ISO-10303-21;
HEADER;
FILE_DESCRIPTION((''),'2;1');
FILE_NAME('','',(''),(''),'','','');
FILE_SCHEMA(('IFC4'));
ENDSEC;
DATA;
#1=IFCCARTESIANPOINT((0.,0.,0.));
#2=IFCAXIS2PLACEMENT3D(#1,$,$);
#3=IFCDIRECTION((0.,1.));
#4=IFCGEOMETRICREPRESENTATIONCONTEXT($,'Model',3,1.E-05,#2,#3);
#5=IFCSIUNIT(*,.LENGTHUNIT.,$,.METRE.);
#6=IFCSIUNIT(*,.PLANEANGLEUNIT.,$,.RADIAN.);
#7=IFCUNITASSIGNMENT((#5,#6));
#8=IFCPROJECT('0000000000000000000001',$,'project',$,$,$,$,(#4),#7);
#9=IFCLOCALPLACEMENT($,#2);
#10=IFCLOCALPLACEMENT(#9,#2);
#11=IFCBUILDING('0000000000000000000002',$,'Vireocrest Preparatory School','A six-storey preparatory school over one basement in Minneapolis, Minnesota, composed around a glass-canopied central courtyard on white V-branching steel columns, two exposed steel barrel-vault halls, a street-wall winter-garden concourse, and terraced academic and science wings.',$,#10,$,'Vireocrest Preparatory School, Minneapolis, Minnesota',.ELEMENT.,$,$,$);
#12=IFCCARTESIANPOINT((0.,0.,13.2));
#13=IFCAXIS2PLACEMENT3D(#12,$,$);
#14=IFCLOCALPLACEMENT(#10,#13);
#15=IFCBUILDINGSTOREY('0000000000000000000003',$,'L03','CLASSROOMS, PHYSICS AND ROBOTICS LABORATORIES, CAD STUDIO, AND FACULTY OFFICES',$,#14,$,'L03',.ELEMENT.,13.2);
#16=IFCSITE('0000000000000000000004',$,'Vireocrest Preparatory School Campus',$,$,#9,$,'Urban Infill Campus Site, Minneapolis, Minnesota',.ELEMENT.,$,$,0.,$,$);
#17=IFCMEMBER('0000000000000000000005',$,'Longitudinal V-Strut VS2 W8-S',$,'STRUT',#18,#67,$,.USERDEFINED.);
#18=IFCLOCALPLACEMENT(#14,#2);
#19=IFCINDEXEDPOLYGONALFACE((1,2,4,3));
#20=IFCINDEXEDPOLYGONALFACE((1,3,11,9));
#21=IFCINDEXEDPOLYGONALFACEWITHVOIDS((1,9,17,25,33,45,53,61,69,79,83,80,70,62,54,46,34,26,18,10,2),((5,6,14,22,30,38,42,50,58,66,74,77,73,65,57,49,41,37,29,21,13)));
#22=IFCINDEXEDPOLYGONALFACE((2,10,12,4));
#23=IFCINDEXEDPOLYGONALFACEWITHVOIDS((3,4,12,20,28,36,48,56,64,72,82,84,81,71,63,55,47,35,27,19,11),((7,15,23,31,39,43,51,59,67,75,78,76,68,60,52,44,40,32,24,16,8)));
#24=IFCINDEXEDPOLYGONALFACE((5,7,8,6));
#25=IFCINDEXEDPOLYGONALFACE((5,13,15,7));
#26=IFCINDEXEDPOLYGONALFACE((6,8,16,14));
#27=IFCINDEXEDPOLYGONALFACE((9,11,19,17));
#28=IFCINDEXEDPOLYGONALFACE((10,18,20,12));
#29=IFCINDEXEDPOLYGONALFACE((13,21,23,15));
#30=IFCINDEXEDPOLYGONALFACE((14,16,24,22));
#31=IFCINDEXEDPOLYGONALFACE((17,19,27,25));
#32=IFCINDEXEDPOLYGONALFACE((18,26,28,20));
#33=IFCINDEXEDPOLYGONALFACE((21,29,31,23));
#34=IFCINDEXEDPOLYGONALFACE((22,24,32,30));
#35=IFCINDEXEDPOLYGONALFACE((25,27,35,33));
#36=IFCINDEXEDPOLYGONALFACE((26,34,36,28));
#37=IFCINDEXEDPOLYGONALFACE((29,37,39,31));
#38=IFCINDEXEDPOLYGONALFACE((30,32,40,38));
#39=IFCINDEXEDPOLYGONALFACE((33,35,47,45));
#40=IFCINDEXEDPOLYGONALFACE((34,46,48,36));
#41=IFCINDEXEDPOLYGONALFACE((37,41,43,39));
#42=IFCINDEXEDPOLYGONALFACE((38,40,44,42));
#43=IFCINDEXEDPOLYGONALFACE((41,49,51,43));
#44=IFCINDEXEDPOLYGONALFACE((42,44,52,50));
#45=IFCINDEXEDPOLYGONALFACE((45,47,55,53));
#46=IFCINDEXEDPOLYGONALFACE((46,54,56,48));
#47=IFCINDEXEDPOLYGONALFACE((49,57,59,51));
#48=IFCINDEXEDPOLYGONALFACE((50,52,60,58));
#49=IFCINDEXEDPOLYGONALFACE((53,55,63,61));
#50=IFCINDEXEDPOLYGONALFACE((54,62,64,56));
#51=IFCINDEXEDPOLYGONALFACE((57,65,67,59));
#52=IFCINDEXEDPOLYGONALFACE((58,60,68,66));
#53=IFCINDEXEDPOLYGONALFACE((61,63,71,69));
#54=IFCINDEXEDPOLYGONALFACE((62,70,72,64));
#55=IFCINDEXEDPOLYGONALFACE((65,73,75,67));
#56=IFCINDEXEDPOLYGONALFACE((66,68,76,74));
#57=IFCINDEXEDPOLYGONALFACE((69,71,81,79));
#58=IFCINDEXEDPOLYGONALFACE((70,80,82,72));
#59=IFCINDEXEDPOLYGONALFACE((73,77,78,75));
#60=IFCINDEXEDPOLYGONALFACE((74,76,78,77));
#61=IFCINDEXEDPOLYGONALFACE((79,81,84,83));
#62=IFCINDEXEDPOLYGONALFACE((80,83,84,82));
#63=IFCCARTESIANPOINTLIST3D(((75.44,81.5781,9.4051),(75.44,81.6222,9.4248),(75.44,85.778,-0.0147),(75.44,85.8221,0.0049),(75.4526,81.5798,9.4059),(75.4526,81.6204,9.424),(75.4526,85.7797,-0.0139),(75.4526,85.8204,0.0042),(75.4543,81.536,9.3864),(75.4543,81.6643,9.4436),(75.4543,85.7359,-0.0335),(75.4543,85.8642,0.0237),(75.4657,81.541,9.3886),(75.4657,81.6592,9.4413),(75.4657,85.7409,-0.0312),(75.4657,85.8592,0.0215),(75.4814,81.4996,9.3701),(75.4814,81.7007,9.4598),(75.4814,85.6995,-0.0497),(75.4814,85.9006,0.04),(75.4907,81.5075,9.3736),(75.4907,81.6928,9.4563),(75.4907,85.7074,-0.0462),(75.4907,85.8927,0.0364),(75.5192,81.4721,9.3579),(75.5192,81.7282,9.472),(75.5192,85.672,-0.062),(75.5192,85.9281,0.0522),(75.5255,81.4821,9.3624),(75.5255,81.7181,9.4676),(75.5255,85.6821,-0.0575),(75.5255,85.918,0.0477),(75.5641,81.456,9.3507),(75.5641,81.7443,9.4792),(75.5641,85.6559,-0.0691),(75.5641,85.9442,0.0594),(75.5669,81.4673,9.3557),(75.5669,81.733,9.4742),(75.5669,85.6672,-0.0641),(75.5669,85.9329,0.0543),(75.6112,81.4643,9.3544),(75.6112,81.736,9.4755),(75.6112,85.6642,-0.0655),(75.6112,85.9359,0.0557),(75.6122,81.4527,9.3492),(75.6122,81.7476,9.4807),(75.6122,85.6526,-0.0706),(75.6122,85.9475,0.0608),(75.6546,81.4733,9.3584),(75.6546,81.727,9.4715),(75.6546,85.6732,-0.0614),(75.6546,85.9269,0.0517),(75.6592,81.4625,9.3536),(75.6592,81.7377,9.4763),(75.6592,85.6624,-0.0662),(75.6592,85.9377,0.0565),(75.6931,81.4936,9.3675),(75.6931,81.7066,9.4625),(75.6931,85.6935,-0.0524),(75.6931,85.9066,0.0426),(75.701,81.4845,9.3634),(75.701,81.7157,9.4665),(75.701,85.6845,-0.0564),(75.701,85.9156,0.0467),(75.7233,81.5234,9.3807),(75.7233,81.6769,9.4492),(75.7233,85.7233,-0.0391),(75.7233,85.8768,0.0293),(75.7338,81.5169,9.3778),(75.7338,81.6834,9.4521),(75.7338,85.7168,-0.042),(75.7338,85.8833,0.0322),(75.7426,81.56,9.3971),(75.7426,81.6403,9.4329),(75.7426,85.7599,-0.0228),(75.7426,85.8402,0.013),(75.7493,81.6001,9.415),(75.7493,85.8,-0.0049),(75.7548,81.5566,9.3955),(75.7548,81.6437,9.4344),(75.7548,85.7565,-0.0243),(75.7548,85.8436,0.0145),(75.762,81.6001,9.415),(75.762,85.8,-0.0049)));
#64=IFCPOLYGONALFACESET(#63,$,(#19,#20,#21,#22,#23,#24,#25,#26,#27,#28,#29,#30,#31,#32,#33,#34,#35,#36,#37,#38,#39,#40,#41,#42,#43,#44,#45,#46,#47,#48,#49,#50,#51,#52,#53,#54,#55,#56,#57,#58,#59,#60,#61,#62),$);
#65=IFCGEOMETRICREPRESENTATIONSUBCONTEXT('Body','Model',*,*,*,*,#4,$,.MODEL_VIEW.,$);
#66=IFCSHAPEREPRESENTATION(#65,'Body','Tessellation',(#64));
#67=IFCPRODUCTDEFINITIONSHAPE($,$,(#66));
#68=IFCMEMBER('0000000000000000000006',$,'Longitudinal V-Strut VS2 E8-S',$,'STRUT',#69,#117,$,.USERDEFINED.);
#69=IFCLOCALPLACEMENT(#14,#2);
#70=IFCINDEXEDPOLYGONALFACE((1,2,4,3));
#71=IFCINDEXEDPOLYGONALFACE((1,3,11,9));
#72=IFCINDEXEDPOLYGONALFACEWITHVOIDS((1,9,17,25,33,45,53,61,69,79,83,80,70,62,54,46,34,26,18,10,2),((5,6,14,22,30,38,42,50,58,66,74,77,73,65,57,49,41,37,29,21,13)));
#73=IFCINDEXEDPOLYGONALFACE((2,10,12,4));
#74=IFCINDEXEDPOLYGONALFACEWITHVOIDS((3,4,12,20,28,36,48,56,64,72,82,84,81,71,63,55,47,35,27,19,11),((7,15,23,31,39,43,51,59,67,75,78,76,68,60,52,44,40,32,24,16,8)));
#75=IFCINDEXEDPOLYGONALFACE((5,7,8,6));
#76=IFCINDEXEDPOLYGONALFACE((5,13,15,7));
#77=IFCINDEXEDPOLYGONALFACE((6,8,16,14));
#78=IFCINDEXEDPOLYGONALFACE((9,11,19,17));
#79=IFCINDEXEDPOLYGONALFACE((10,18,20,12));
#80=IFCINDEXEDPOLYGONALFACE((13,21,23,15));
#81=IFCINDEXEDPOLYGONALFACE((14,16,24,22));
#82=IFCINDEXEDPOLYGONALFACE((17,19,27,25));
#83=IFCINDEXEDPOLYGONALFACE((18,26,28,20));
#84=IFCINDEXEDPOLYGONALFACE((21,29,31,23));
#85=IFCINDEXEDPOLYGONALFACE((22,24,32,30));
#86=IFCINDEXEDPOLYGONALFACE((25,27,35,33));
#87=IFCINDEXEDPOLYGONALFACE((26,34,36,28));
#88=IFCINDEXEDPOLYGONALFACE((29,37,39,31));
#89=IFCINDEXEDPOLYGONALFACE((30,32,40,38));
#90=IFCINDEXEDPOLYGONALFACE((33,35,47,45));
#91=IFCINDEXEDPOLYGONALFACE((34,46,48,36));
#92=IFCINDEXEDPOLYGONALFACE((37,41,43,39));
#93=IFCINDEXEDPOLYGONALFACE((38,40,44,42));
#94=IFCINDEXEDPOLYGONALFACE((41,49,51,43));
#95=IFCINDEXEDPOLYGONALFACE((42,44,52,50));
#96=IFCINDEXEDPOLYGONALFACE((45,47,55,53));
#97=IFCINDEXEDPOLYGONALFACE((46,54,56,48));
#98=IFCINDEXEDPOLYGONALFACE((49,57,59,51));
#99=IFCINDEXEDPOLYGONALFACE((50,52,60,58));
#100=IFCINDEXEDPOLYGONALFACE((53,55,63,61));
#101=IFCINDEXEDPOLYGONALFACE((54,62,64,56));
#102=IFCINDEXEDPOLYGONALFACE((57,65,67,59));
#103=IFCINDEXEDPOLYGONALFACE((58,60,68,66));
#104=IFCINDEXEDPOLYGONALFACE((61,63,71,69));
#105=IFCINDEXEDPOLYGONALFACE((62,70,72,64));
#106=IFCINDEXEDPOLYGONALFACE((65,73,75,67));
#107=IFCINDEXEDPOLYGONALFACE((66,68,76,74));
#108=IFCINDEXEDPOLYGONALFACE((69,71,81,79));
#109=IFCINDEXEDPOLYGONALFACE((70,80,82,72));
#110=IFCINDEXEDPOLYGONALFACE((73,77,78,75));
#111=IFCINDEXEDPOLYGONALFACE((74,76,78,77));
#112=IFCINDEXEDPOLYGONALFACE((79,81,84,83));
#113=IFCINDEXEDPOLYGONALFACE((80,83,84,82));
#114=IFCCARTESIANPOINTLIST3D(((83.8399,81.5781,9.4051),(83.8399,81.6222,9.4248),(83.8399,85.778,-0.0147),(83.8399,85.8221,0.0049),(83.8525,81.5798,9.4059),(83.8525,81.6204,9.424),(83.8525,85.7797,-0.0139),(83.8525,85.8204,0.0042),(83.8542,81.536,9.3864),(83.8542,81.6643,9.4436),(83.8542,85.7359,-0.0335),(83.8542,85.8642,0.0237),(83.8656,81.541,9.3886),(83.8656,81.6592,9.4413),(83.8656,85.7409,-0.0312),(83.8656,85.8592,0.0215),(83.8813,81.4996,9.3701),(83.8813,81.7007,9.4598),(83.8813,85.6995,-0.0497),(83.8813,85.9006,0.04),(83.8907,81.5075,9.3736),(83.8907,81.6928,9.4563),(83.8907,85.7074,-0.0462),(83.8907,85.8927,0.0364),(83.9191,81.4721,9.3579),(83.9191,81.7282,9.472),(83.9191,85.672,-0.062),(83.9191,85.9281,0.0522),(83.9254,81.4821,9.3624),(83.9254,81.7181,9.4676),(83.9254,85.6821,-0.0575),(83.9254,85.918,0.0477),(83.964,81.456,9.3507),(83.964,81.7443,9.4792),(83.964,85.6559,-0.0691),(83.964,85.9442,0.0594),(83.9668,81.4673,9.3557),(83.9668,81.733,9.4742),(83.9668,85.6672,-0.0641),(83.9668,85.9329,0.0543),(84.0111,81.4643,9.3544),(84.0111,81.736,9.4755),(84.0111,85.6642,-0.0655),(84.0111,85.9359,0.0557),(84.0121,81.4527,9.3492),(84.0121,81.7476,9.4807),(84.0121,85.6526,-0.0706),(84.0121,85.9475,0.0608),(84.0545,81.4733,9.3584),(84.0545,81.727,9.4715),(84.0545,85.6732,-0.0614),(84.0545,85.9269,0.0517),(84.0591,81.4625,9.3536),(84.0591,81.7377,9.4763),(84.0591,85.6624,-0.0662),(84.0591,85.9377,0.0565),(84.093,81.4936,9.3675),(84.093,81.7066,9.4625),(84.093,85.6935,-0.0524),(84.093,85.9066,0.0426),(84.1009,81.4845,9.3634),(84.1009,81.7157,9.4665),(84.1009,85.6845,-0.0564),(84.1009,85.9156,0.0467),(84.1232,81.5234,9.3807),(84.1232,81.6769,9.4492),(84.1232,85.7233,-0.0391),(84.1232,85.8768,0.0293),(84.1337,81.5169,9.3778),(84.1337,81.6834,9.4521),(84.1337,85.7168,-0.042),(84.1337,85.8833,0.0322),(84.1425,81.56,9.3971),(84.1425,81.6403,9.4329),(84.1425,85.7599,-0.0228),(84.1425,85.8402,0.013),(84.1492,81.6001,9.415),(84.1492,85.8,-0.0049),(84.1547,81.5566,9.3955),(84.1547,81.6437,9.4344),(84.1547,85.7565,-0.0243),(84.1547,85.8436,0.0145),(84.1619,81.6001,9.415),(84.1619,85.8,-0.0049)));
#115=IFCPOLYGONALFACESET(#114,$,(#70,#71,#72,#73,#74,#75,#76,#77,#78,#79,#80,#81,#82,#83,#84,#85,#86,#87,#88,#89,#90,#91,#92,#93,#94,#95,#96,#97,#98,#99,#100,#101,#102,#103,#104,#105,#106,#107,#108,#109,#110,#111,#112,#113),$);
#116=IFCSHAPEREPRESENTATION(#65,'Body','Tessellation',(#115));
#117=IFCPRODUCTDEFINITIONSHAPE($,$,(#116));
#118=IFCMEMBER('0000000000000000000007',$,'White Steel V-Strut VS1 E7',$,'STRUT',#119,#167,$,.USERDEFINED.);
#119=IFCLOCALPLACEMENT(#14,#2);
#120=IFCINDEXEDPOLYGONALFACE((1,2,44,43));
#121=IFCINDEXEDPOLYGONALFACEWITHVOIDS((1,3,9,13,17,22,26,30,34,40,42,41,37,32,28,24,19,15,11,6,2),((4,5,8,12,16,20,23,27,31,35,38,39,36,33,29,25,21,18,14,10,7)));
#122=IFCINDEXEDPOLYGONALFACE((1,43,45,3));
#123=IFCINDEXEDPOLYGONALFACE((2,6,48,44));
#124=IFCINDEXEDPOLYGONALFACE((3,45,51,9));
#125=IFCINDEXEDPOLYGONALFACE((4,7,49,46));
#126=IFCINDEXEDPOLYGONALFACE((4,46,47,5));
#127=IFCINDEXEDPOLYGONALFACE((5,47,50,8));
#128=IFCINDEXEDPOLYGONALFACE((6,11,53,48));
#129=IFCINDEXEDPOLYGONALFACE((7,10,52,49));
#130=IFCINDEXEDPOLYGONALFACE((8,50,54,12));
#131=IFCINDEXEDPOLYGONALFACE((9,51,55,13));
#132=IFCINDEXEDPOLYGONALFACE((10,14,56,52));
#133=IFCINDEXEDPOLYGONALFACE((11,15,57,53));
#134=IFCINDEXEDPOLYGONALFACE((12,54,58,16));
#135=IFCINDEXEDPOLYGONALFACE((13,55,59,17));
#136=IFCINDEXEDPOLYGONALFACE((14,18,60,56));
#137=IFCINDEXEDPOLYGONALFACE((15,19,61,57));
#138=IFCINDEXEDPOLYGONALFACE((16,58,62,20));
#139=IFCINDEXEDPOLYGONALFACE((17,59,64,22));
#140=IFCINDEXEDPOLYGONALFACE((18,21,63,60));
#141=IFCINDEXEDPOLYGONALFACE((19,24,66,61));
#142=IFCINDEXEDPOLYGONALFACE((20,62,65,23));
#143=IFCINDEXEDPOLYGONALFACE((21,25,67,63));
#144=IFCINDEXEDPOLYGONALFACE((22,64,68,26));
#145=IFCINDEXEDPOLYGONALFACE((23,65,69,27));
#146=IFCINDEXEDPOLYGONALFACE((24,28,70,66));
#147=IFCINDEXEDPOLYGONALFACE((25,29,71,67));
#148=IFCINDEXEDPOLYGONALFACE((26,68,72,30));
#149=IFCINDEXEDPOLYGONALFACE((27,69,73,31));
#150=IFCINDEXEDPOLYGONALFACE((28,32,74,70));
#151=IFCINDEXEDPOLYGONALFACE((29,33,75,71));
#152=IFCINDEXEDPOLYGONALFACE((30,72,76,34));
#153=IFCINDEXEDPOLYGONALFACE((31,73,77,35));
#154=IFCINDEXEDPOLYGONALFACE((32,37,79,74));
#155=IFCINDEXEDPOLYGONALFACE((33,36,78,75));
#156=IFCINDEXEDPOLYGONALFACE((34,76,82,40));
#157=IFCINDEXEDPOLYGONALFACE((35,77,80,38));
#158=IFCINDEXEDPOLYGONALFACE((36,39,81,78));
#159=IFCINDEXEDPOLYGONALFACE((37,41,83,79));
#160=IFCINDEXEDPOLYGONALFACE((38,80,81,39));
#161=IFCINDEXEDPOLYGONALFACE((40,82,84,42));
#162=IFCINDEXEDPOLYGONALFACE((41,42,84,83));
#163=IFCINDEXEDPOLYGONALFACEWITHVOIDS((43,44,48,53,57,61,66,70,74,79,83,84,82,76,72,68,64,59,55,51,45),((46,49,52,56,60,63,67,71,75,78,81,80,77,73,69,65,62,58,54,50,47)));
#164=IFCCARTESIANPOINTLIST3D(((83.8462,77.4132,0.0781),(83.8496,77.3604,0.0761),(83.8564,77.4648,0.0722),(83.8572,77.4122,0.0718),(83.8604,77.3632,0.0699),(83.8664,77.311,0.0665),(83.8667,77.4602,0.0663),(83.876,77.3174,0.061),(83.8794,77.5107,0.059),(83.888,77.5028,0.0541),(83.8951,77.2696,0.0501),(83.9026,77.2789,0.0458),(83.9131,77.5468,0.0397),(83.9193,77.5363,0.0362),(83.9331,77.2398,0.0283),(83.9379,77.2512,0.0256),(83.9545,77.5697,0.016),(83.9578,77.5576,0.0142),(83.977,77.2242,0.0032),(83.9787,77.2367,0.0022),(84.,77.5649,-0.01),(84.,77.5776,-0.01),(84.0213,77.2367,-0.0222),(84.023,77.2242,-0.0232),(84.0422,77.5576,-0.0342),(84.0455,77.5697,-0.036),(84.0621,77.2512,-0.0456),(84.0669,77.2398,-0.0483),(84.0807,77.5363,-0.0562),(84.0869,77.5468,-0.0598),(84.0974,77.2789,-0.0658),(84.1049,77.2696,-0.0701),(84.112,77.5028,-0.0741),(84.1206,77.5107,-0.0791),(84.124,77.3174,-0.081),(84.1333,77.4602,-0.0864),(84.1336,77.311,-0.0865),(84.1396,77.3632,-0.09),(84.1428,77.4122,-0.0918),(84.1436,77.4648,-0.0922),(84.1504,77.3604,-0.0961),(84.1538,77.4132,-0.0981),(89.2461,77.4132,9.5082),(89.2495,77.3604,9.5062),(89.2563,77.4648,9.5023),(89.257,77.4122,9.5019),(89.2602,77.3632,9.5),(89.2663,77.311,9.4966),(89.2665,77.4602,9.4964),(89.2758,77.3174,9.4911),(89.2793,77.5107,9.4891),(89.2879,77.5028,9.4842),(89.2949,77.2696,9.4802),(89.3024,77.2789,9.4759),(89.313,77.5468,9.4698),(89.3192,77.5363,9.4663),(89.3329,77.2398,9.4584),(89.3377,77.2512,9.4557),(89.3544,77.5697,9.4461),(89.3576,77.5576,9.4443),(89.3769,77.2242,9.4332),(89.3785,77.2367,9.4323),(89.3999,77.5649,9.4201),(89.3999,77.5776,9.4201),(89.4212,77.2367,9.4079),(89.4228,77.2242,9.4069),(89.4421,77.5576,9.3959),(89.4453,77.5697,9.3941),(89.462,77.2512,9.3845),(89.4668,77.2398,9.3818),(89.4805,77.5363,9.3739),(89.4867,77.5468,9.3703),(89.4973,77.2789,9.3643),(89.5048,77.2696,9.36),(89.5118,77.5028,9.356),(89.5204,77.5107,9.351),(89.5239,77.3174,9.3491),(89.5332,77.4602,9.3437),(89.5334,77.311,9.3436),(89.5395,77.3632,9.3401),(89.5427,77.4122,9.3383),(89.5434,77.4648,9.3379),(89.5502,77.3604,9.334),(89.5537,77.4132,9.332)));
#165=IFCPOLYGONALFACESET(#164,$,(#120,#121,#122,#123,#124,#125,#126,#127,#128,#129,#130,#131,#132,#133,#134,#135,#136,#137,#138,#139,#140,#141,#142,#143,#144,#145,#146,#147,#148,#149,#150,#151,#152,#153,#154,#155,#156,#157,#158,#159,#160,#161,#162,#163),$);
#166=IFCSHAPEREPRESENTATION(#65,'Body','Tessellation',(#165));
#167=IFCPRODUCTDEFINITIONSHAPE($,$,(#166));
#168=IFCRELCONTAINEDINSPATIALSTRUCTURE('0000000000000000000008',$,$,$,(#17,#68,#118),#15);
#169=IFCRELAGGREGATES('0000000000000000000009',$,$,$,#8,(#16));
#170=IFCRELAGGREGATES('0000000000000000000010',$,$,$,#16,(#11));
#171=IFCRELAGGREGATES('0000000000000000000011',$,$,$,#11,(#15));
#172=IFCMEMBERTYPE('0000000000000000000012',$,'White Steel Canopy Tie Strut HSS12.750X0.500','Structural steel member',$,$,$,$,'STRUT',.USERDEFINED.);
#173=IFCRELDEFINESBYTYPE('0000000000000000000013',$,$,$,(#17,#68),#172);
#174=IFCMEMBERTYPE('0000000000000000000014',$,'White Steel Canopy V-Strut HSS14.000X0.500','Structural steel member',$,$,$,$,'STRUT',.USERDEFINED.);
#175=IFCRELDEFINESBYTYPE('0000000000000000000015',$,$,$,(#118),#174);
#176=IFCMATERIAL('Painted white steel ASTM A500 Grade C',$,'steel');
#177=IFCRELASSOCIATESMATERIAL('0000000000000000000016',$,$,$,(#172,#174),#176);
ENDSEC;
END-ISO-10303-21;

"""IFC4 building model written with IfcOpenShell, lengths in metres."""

from ifc_helpers import new_model, si_unit, direction, frame, origin, origin_2d, place, context, subcontext, project, spatial, hollow_circle, extrude, material, material_profile, profile_set, type_object, element, save


model = new_model("IFC4")

# Units and contexts
model_context = context("Model", 3, precision=1e-05, world=origin(), true_north=direction((0.0, 1.0)))
body_context = subcontext(model_context, "Body", "Model", "MODEL_VIEW")
ifc_project = project(units=[si_unit("LENGTHUNIT", "METRE"), si_unit("PLANEANGLEUNIT", "RADIAN")], contexts=[model_context])

# Site, building, storey
site_placement = place(None, origin())
site = spatial("IfcSite", under=ifc_project, at=site_placement, Name="Vireocrest Preparatory School Campus", LongName="Urban Infill Campus Site, Minneapolis, Minnesota", CompositionType="ELEMENT", RefElevation=0.0)
building_placement = place(site_placement, origin())
building = spatial("IfcBuilding", under=site, at=building_placement, Name="Vireocrest Preparatory School", Description="A six-storey preparatory school over one basement in Minneapolis, Minnesota, composed around a glass-canopied central courtyard on white V-branching steel columns, two exposed steel barrel-vault halls, a street-wall winter-garden concourse, and terraced academic and science wings.", LongName="Vireocrest Preparatory School, Minneapolis, Minnesota", CompositionType="ELEMENT")
storey_placement = place(building_placement, frame((0.0, 0.0, 13.2)))
storey = spatial("IfcBuildingStorey", under=building, at=storey_placement, Name="L03", Description="CLASSROOMS, PHYSICS AND ROBOTICS LABORATORIES, CAD STUDIO, AND FACULTY OFFICES", LongName="L03", CompositionType="ELEMENT", Elevation=13.2)

# Members
ifc_material_1 = material(Name="Painted white steel ASTM A500 Grade C", Category="steel")
ifc_material_profile_1 = material_profile(ifc_material_1, hollow_circle(Radius=0.1619, WallThickness=0.0127, at=origin_2d()), Name="HSS12.750X0.500")
ifc_profile_set_1 = profile_set([ifc_material_profile_1], Name="Painted white steel ASTM A500 Grade C")
member_type_1 = type_object("IfcMemberType", Name="White Steel Canopy Tie Strut HSS12.750X0.500", Description="Structural steel member", ElementType="STRUT", PredefinedType="USERDEFINED", material=ifc_profile_set_1)
for number, where, z_axis, x_axis, name in (
    (1, (75.6001, 85.8, -0.0049), (0.0, -0.407217, 0.913332), (1.0, 0.0, 0.0), "Longitudinal V-Strut VS2 W8-S"),
    (2, (84.0, 85.8, -0.0049), (0.0, -0.407217, 0.913332), (1.0, 0.0, 0.0), "Longitudinal V-Strut VS2 E8-S"),
):
    element("IfcMember", number, at=place(storey_placement, frame(where, z_axis=z_axis, x_axis=x_axis)), inside=storey, type_object=member_type_1, Name=name, ObjectType="STRUT", PredefinedType="USERDEFINED", context=body_context, shape_type="SweptSolid", body=[
        extrude(hollow_circle(Radius=0.1619, WallThickness=0.0127, at=origin_2d()), origin(), (0.0, 0.0, 1.0), 10.3137),
    ])
ifc_material_profile_2 = material_profile(ifc_material_1, hollow_circle(Radius=0.1777, WallThickness=0.0127, at=origin_2d()), Name="HSS14.000X0.500")
ifc_profile_set_2 = profile_set([ifc_material_profile_2], Name="Painted white steel ASTM A500 Grade C")
member_type_2 = type_object("IfcMemberType", Name="White Steel Canopy V-Strut HSS14.000X0.500", Description="Structural steel member", ElementType="STRUT", PredefinedType="USERDEFINED", material=ifc_profile_set_2)
member_1_placement = place(storey_placement, frame((84.0, 77.3999, -0.01), z_axis=(0.496918, 0.0, 0.867798), x_axis=(0.0, 1.0, 0.0)))
element("IfcMember", 3, at=member_1_placement, inside=storey, type_object=member_type_2, Name="White Steel V-Strut VS1 E7", ObjectType="STRUT", PredefinedType="USERDEFINED", context=body_context, shape_type="SweptSolid", body=[
    extrude(hollow_circle(Radius=0.1777, WallThickness=0.0127, at=origin_2d()), origin(), (0.0, 0.0, 1.0), 10.8667),
])

save(model, "model.ifc")
